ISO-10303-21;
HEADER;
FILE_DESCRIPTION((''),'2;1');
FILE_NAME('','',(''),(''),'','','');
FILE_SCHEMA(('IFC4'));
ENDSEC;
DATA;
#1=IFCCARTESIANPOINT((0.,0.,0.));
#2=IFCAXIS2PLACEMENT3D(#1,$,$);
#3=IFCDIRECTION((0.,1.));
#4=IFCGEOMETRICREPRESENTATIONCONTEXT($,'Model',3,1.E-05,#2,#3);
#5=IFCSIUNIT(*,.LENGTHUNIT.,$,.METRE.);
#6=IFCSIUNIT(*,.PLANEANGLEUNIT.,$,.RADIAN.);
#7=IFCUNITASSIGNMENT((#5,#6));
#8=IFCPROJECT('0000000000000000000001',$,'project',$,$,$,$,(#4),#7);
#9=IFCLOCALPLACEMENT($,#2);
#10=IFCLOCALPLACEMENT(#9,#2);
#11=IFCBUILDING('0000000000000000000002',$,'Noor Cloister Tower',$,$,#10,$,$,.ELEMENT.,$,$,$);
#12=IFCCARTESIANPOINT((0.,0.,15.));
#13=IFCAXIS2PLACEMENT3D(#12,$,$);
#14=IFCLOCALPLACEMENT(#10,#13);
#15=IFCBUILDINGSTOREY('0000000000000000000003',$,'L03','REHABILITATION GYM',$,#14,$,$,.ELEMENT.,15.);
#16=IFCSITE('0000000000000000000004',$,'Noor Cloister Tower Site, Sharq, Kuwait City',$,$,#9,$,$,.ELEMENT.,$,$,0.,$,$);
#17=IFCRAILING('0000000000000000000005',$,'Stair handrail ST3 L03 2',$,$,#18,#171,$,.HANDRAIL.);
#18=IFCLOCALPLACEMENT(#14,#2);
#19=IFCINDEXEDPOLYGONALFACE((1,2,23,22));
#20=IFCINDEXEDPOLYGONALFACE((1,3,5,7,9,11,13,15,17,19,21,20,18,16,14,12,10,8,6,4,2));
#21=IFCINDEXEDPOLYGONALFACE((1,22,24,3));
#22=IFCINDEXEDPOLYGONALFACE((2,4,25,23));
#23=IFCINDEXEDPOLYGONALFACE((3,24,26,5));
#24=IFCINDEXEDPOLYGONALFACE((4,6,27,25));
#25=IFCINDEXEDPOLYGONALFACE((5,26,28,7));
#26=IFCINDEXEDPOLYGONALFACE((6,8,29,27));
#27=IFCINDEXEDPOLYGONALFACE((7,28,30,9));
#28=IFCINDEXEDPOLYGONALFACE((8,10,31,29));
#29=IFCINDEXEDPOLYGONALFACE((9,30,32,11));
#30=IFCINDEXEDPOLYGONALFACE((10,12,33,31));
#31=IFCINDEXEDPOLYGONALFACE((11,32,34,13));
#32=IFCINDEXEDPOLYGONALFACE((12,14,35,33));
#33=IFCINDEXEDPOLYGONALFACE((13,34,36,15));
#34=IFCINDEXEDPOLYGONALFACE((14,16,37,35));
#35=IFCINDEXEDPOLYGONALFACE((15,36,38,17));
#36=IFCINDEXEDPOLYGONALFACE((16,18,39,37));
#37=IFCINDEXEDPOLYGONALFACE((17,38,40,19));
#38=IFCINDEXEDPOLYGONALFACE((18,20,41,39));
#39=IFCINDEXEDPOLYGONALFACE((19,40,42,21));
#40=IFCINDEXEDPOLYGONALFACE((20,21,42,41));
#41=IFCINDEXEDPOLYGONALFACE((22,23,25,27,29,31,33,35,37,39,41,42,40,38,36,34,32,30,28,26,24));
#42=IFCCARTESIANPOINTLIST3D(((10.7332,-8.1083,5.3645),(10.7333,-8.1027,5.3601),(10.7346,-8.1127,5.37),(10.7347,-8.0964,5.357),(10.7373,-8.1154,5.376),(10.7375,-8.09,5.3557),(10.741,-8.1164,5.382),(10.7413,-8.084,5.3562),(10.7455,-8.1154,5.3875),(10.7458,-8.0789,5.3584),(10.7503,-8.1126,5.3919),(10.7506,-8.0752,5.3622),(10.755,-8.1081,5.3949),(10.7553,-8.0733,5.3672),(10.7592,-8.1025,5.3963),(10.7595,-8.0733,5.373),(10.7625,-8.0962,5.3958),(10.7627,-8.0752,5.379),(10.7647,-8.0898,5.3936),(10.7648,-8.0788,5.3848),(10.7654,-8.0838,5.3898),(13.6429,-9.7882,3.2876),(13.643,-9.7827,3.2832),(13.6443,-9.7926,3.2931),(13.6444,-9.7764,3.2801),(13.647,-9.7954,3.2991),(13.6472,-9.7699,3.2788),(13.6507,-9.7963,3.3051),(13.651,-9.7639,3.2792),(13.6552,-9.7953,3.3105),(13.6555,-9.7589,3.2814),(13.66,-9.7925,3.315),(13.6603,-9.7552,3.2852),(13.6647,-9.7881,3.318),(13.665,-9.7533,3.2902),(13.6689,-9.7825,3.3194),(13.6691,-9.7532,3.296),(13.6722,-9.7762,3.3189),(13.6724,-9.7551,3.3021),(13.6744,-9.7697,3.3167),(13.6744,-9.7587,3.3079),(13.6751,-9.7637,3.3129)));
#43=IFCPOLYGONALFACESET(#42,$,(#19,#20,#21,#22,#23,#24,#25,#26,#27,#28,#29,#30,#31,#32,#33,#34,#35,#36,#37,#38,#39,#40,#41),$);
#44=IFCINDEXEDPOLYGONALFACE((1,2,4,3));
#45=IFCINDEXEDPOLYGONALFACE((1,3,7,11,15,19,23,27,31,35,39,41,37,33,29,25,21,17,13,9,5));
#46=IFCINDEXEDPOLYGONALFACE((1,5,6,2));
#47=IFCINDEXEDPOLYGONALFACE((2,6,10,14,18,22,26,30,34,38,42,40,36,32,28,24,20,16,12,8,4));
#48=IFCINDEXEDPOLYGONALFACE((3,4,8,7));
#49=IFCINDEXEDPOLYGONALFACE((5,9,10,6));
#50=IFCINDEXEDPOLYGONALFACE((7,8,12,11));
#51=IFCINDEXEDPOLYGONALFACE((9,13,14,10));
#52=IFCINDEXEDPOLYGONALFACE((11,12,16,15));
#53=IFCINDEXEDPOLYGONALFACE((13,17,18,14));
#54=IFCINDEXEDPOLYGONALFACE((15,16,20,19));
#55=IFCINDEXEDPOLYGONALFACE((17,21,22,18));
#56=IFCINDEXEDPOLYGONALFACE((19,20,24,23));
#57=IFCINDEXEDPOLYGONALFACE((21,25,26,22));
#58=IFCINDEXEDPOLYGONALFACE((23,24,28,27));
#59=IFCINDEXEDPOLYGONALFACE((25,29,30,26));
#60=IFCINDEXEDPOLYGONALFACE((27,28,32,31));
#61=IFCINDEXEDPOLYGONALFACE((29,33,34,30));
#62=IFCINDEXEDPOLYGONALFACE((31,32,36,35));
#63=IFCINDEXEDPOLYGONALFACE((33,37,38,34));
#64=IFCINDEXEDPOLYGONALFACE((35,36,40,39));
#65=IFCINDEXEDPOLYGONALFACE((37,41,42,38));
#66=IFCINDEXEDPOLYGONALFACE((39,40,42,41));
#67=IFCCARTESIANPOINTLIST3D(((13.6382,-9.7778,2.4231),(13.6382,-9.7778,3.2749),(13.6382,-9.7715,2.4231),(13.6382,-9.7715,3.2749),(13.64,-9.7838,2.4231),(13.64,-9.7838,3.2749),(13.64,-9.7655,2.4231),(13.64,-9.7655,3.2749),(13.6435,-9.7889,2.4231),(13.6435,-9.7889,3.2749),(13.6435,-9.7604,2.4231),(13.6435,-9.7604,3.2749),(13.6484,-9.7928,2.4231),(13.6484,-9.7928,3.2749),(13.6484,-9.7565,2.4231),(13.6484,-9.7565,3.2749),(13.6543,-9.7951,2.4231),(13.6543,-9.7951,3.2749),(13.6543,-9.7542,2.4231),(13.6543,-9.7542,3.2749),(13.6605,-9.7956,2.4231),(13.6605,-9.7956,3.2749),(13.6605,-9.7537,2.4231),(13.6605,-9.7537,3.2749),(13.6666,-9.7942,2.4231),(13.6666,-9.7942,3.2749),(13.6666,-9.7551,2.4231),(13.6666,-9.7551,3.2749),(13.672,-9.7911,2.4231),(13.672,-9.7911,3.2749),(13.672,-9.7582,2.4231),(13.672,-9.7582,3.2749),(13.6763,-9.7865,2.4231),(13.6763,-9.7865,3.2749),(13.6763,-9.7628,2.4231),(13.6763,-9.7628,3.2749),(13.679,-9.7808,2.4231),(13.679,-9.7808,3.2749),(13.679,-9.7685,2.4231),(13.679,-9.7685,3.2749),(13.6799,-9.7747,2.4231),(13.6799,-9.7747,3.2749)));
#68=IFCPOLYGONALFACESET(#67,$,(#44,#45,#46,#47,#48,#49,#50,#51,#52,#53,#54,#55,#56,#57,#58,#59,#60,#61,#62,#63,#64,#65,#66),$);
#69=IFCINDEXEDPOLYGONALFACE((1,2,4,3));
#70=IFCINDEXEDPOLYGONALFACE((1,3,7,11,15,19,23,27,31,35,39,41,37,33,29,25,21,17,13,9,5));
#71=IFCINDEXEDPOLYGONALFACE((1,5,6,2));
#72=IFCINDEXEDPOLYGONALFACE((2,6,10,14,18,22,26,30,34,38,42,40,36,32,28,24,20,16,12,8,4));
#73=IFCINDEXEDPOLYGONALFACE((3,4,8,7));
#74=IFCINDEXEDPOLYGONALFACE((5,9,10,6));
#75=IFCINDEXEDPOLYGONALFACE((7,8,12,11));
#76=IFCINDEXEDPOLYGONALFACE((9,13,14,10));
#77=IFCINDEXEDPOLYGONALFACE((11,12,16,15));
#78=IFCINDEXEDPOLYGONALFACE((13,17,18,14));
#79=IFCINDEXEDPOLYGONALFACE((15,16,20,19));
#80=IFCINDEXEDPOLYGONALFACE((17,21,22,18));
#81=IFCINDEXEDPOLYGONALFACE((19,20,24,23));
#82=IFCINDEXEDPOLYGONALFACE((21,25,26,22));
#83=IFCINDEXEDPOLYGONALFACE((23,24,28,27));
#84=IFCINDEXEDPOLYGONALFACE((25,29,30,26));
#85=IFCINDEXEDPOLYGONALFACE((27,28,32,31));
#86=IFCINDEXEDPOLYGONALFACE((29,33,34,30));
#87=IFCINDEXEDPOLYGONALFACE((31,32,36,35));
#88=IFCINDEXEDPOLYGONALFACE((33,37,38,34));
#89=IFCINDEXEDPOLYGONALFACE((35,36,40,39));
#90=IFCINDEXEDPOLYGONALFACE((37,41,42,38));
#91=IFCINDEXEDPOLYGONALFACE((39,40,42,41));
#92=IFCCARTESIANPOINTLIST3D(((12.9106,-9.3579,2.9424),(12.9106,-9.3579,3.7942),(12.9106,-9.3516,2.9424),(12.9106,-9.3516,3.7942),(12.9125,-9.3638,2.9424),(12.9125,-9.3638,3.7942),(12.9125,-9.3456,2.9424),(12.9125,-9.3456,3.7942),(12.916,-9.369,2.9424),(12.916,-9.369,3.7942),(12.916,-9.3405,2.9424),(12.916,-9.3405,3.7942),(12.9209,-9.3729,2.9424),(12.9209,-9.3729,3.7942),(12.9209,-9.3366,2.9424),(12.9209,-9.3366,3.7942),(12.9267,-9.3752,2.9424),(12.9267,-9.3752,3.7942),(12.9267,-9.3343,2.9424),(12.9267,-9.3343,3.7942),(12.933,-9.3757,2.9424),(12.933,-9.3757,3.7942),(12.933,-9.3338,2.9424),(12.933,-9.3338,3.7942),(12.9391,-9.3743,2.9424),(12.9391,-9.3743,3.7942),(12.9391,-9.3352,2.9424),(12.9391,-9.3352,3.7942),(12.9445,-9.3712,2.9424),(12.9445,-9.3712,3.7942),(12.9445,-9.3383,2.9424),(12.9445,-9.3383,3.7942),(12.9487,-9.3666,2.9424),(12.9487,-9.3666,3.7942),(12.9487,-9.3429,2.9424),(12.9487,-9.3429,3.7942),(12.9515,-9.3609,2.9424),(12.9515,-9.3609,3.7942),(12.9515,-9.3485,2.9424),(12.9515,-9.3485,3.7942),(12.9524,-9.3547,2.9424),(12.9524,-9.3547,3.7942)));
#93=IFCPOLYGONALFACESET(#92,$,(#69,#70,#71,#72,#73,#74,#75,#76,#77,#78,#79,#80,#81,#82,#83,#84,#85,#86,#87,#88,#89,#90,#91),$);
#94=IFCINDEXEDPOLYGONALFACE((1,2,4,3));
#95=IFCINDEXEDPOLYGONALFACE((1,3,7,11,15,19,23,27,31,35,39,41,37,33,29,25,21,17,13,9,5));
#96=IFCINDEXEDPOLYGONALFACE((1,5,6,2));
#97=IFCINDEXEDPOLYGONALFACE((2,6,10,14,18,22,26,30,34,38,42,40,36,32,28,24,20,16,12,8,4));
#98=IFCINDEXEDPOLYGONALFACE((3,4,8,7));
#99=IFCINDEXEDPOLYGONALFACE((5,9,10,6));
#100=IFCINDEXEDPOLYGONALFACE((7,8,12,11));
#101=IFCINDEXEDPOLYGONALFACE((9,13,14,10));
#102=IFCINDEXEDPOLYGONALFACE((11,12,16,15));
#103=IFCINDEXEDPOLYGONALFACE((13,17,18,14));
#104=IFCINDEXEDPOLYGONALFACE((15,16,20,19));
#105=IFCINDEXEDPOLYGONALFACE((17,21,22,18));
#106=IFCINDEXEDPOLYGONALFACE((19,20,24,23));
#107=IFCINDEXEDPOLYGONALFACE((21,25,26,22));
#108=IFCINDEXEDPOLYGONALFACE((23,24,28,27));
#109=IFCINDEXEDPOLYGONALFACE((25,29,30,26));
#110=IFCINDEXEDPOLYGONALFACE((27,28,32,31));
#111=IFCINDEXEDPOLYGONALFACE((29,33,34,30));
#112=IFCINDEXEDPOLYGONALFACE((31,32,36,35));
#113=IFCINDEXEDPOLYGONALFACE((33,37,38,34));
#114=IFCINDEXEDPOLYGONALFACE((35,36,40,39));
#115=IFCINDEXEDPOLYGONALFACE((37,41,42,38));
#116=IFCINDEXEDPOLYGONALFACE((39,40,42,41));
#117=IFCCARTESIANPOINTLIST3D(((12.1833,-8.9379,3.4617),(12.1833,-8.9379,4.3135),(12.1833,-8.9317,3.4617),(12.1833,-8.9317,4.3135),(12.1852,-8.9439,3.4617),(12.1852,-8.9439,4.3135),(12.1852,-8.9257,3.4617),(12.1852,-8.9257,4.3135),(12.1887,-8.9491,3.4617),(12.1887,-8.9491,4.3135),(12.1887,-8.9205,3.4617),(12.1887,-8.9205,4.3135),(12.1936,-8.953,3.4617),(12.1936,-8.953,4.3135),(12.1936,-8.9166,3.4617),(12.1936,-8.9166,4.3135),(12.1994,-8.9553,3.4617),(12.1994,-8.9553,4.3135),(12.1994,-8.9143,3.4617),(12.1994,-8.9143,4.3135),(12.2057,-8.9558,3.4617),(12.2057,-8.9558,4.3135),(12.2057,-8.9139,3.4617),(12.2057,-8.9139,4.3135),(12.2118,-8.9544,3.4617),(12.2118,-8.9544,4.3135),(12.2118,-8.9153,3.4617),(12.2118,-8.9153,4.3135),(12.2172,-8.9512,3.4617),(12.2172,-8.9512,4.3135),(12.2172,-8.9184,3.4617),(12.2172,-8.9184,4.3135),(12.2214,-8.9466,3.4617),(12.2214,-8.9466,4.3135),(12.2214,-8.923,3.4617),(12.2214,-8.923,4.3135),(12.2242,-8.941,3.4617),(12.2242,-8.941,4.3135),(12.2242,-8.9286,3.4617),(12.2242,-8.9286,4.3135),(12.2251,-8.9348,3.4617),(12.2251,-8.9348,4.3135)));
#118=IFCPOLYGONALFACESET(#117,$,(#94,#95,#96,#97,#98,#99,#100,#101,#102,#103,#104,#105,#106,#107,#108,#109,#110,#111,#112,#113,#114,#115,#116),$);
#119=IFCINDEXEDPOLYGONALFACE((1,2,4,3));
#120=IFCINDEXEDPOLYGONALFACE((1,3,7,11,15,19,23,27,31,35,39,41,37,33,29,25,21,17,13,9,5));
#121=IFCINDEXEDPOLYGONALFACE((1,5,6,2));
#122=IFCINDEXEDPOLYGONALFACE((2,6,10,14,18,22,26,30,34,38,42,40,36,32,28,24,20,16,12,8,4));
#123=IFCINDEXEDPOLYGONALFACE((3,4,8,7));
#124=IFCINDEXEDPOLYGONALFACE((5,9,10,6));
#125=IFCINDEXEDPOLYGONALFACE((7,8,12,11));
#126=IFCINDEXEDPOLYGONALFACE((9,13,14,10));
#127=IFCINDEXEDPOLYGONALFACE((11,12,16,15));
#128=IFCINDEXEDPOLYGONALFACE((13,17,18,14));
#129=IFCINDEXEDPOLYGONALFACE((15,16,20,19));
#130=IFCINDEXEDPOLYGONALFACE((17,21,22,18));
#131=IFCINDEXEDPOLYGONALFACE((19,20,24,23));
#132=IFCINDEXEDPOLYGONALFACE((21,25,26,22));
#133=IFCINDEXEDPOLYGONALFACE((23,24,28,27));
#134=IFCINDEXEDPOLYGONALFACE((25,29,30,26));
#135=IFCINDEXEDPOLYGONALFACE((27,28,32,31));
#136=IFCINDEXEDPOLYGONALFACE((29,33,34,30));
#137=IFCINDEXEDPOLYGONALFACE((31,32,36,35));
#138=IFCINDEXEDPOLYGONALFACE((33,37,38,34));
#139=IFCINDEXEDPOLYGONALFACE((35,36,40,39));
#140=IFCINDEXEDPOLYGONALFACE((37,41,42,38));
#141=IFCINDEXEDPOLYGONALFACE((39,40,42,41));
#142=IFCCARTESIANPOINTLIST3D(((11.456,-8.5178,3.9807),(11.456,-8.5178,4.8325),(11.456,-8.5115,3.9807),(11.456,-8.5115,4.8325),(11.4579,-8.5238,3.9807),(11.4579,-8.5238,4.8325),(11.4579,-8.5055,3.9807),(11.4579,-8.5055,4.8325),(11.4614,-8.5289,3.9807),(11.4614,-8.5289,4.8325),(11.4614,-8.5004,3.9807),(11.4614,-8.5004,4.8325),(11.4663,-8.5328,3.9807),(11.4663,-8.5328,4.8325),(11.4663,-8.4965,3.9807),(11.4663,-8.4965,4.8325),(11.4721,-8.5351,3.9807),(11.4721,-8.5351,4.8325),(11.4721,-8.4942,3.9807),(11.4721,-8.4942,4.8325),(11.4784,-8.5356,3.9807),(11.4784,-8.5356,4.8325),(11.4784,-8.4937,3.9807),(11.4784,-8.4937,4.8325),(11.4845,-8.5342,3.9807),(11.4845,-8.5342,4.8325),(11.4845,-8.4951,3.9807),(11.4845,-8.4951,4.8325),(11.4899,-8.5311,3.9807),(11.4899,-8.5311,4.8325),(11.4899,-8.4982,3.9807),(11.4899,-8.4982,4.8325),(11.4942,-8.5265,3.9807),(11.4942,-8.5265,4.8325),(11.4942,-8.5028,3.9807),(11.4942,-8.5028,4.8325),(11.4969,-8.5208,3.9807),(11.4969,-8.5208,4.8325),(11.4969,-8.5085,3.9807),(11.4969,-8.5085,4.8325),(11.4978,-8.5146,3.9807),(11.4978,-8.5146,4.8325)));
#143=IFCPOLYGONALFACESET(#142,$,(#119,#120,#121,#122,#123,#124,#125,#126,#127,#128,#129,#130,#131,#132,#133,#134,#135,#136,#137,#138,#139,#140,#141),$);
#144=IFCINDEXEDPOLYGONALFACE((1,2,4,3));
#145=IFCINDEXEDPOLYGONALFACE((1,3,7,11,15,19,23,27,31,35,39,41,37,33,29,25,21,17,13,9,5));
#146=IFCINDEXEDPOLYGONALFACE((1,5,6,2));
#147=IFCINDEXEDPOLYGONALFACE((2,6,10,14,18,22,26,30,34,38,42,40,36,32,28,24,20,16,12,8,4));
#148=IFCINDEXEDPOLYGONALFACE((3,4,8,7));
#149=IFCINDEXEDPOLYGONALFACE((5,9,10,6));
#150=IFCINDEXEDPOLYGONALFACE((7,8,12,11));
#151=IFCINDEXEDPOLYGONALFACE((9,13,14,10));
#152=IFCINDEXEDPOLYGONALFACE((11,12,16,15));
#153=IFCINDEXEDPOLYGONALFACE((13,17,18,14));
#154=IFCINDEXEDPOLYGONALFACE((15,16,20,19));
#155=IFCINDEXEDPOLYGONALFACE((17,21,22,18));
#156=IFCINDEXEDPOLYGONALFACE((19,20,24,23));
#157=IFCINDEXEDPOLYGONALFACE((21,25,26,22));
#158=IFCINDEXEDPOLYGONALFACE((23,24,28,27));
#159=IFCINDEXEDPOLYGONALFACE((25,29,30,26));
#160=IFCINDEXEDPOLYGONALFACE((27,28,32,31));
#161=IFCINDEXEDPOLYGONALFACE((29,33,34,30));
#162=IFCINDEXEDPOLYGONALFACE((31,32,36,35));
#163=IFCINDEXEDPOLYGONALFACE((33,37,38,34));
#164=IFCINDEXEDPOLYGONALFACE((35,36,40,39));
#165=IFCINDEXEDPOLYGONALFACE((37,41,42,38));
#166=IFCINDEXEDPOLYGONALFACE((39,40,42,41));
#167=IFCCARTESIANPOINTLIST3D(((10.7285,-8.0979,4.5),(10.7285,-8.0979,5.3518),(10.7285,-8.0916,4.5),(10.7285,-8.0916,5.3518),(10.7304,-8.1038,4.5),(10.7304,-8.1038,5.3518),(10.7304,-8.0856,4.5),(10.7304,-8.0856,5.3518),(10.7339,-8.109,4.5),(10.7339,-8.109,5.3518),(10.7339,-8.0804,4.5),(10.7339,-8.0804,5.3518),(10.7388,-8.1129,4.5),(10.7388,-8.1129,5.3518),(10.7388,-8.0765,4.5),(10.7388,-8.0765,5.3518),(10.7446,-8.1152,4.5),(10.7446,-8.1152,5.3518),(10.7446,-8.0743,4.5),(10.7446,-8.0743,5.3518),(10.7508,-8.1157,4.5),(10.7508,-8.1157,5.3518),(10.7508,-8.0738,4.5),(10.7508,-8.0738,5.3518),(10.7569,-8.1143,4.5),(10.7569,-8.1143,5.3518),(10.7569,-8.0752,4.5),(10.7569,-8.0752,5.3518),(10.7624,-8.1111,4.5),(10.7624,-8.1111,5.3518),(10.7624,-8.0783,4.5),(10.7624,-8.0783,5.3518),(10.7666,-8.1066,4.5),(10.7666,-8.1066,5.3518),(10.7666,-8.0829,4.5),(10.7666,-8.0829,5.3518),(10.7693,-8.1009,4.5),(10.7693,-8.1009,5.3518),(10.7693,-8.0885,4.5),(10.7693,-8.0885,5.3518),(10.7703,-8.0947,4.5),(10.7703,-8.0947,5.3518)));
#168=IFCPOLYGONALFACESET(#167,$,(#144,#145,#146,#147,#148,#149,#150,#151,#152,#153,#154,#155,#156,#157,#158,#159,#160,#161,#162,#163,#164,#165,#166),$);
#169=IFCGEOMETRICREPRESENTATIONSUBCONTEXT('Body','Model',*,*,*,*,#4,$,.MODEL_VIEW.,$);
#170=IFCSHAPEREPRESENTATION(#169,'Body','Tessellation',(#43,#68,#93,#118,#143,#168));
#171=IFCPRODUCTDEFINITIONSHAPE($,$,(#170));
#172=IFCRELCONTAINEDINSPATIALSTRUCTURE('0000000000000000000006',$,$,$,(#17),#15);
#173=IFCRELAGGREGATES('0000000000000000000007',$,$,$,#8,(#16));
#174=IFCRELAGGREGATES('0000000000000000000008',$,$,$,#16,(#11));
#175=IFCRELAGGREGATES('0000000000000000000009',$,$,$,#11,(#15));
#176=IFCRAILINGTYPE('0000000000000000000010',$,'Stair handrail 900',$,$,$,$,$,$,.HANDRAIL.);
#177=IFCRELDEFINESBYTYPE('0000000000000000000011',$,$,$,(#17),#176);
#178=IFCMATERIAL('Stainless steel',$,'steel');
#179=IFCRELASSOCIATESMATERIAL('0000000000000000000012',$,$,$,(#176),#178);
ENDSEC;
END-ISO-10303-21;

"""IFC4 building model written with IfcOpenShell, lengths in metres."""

from ifc_helpers import new_model, si_unit, direction, frame, origin, origin_2d, place, context, subcontext, project, spatial, circle, extrude, material, type_object, element, save


model = new_model("IFC4")

# Units and contexts
model_context = context("Model", 3, precision=1e-05, world=origin(), true_north=direction((0.0, 1.0)))
body_context = subcontext(model_context, "Body", "Model", "MODEL_VIEW")
ifc_project = project(units=[si_unit("LENGTHUNIT", "METRE"), si_unit("PLANEANGLEUNIT", "RADIAN")], contexts=[model_context])

# Site, building, storey
site_placement = place(None, origin())
site = spatial("IfcSite", under=ifc_project, at=site_placement, Name="Noor Cloister Tower Site, Sharq, Kuwait City", CompositionType="ELEMENT", RefElevation=0.0)
building_placement = place(site_placement, origin())
building = spatial("IfcBuilding", under=site, at=building_placement, Name="Noor Cloister Tower", CompositionType="ELEMENT")
storey_placement = place(building_placement, frame((0.0, 0.0, 15.0)))
storey = spatial("IfcBuildingStorey", under=building, at=storey_placement, Name="L03", Description="REHABILITATION GYM", CompositionType="ELEMENT", Elevation=15.0)

# Railing
ifc_material_1 = material(Name="Stainless steel", Category="steel")
railing_type = type_object("IfcRailingType", Name="Stair handrail 900", PredefinedType="HANDRAIL", material=ifc_material_1)
railing_placement = place(storey_placement, frame((13.6589, -9.7747, 2.4231)))
element("IfcRailing", 1, at=railing_placement, inside=storey, type_object=railing_type, Name="Stair handrail ST3 L03 2", PredefinedType="HANDRAIL", context=body_context, shape_type="SweptSolid", body=[
    extrude(circle(Radius=0.0239, at=origin_2d()), frame((0.0, 0.0, 0.876), z_axis=(-0.73664, 0.425308, 0.525809), x_axis=(-0.500008, -0.866021, 0.0)), (0.0, 0.0, 1.0), 3.95),
    extrude(circle(Radius=0.021, at=origin_2d()), origin(), (0.0, 0.0, 1.0), 0.8518),
    extrude(circle(Radius=0.021, at=origin_2d()), frame((-0.7275, 0.4199, 0.5193)), (0.0, 0.0, 1.0), 0.8518),
    extrude(circle(Radius=0.021, at=origin_2d()), frame((-1.4548, 0.8398, 1.0386)), (0.0, 0.0, 1.0), 0.8518),
    extrude(circle(Radius=0.021, at=origin_2d()), frame((-2.1821, 1.26, 1.5576)), (0.0, 0.0, 1.0), 0.8518),
    extrude(circle(Radius=0.021, at=origin_2d()), frame((-2.9097, 1.6799, 2.0769)), (0.0, 0.0, 1.0), 0.8518),
])

save(model, "model.ifc")
